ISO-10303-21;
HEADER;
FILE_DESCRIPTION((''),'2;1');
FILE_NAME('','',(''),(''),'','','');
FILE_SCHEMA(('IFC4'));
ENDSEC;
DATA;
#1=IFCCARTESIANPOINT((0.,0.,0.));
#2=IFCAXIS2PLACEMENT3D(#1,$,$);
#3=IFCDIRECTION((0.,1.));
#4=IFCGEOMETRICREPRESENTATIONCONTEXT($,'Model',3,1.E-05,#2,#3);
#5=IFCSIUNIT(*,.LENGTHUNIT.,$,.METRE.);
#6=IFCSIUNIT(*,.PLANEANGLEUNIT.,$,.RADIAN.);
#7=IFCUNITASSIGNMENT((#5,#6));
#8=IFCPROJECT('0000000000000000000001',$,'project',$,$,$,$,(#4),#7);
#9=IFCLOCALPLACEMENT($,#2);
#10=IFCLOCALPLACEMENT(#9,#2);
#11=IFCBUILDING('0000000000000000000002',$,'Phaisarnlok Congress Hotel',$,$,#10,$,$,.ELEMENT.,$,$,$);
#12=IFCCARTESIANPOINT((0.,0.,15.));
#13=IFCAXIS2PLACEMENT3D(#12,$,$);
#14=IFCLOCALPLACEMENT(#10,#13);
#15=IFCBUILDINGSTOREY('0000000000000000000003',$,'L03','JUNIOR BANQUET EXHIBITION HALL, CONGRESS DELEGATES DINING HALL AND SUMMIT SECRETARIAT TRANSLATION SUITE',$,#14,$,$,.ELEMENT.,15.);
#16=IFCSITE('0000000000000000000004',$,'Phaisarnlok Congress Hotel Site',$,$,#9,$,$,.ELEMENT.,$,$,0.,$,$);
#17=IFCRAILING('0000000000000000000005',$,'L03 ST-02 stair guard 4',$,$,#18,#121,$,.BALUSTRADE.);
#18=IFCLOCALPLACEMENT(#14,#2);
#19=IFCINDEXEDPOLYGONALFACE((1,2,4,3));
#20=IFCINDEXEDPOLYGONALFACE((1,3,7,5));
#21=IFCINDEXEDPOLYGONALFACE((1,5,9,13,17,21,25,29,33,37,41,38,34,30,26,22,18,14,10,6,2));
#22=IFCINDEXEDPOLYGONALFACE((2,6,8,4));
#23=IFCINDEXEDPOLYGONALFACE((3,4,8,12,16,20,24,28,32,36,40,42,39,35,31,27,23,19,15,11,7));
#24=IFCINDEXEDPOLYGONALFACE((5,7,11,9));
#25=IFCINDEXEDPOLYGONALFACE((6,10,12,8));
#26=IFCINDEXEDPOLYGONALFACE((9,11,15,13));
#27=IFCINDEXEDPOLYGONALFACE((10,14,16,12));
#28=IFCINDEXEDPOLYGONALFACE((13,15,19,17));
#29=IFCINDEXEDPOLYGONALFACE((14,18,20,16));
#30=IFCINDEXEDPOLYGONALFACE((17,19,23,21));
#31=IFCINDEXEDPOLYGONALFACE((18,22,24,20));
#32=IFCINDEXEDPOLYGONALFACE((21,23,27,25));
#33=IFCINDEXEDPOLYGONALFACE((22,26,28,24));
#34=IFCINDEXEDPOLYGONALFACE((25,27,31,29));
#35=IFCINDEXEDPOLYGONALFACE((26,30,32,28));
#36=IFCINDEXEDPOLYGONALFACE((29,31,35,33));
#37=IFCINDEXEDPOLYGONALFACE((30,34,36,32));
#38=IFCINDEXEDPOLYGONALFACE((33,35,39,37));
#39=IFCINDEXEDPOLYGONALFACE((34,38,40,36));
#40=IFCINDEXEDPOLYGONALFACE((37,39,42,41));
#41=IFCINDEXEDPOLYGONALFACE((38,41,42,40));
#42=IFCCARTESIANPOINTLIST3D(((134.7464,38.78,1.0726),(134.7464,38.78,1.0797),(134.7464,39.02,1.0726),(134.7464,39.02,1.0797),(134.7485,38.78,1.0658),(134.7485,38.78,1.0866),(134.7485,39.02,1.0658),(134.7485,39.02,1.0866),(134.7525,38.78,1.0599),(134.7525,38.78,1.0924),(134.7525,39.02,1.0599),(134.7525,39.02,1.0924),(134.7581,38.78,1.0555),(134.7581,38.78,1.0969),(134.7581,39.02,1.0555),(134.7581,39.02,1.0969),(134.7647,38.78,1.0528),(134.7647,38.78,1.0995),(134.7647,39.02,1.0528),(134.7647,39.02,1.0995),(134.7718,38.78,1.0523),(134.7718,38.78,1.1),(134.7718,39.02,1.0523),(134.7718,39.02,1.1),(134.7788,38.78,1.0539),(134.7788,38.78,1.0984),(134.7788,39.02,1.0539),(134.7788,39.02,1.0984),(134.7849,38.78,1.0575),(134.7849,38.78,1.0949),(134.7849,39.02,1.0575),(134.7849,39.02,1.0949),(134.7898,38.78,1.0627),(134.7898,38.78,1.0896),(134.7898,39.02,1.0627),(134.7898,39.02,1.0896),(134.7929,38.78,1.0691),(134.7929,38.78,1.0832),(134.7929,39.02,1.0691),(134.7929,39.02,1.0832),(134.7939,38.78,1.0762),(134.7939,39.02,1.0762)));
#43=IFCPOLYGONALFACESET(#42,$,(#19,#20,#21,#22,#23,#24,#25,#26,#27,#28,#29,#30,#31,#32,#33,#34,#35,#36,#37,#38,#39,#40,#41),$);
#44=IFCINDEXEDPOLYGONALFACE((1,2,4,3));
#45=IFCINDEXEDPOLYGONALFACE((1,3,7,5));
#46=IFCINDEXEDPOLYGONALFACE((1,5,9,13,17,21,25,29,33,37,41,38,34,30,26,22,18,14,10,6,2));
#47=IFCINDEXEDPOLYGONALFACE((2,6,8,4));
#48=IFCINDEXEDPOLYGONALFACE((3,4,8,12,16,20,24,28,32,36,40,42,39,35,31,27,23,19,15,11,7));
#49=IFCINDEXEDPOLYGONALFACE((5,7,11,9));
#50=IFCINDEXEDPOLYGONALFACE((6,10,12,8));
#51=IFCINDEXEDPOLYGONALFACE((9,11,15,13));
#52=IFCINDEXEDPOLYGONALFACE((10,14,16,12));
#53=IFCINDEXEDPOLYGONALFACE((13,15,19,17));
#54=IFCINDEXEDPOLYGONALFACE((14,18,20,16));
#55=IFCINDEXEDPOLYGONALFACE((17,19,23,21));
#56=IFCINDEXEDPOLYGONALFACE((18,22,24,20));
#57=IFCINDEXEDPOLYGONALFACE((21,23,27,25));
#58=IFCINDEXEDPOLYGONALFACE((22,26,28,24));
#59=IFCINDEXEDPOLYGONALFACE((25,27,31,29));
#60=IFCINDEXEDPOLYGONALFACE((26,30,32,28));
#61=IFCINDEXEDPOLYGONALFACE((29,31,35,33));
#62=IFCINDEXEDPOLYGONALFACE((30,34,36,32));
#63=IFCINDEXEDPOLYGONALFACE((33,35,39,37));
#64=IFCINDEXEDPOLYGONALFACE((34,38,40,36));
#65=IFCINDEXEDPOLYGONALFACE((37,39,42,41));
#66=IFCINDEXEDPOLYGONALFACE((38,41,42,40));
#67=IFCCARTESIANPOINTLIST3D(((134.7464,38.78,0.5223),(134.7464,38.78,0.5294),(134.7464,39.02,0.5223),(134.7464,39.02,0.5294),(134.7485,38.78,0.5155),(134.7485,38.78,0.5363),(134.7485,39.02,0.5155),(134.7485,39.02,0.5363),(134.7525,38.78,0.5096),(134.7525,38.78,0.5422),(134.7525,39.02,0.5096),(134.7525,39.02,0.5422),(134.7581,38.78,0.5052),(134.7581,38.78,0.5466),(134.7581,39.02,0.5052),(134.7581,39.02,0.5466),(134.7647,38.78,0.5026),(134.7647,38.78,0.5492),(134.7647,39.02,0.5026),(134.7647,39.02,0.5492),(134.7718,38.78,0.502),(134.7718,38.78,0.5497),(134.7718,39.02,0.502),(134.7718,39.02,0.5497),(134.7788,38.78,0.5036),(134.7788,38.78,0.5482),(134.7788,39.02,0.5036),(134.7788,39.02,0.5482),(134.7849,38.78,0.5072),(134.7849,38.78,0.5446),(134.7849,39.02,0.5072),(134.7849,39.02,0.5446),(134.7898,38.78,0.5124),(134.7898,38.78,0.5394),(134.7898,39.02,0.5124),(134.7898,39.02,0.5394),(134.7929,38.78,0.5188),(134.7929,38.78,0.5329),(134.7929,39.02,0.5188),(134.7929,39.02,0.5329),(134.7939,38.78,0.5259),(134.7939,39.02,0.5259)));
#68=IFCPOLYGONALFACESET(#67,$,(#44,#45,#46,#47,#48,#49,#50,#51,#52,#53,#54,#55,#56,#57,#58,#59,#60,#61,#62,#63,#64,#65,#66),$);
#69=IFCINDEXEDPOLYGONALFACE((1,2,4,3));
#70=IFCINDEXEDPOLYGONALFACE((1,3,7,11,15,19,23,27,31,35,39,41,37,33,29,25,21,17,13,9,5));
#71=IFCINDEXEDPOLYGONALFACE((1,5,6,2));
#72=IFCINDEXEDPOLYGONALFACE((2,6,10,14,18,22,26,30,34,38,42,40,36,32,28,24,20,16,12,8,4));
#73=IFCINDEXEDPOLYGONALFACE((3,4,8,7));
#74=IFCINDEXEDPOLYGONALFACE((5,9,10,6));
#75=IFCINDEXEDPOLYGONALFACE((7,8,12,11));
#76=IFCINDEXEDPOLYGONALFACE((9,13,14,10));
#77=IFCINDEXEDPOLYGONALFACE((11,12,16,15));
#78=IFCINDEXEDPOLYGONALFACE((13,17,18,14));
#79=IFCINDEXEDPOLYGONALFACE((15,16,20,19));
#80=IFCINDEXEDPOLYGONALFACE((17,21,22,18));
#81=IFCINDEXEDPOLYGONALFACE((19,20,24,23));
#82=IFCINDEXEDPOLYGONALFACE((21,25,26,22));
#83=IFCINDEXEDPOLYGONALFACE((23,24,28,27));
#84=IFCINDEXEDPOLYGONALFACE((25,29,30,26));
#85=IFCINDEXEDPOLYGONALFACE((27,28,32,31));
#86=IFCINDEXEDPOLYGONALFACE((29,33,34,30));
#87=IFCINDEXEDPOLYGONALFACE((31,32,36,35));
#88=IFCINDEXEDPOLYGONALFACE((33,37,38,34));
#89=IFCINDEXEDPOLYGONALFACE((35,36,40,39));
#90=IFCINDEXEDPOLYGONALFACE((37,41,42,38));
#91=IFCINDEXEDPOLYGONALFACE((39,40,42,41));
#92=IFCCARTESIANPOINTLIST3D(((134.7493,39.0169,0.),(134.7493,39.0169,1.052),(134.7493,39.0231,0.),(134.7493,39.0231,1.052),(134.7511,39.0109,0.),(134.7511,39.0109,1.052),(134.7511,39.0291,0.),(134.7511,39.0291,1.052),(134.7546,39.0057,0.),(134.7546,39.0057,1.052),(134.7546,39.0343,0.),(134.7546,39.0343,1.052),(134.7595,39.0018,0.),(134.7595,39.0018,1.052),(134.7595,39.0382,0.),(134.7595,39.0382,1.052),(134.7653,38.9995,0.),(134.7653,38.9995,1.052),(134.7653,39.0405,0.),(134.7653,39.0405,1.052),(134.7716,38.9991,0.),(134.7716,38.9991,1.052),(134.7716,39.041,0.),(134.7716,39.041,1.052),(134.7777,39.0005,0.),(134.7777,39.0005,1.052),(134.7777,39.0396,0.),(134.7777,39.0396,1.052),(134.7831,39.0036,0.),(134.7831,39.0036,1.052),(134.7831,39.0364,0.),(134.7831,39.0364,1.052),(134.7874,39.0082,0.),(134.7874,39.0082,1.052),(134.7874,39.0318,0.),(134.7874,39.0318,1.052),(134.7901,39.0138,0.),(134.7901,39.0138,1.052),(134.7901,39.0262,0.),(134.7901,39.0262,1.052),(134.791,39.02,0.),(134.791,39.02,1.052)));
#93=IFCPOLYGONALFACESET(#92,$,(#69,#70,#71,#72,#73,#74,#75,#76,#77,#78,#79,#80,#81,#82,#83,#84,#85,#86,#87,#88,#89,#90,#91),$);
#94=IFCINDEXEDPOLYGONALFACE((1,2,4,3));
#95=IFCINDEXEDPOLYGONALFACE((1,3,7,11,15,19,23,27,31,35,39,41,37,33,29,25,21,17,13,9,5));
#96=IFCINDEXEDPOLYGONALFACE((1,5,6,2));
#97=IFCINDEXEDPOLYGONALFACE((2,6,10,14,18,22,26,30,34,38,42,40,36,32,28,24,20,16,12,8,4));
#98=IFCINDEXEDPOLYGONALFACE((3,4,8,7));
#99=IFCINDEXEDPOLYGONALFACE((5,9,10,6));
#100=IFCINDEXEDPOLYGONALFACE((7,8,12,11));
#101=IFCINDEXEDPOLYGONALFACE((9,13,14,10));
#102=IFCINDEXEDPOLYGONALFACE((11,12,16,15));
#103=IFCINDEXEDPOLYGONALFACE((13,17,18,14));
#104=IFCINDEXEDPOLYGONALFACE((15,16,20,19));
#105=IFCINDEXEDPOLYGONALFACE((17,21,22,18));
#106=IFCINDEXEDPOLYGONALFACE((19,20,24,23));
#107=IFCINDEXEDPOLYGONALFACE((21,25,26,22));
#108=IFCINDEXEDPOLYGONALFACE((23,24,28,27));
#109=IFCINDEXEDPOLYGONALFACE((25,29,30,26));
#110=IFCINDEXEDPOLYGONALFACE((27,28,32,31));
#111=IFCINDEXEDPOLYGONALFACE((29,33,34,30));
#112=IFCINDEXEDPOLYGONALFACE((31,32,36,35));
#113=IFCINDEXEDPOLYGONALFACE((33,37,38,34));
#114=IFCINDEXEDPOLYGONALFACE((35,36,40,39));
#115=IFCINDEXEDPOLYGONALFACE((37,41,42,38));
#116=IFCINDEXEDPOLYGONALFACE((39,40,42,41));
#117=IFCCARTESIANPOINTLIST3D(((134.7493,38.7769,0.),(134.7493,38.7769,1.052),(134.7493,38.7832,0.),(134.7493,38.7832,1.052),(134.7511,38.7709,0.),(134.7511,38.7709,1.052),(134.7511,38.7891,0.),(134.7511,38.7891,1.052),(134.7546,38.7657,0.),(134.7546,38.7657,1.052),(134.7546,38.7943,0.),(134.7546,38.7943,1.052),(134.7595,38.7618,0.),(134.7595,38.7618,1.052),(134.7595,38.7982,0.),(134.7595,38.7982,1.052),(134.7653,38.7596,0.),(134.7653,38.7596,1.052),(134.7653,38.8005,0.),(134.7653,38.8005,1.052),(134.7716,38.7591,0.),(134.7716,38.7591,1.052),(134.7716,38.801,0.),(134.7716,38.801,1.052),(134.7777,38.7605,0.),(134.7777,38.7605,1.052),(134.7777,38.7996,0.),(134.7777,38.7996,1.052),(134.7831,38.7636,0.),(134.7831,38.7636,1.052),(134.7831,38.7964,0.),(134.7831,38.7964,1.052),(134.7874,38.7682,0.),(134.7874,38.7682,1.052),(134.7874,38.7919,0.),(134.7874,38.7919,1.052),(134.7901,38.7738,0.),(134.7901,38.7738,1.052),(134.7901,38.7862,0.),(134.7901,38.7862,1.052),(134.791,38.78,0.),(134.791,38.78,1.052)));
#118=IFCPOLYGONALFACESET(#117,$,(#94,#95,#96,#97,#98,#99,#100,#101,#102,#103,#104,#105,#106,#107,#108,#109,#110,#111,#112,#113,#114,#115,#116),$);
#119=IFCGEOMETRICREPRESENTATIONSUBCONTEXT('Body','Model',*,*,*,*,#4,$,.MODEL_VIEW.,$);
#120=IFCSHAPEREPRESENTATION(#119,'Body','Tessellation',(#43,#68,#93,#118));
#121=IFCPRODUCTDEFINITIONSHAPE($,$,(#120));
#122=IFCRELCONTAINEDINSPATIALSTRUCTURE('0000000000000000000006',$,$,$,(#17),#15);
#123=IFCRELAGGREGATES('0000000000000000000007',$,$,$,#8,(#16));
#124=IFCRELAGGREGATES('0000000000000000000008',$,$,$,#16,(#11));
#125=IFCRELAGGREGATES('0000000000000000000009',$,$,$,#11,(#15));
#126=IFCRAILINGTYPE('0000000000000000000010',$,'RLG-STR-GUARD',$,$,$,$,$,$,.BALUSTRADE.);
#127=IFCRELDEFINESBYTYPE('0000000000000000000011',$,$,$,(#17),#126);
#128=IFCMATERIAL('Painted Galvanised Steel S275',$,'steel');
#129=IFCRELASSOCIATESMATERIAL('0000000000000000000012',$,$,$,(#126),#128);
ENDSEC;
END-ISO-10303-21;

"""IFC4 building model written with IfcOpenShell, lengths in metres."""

from ifc_helpers import new_model, si_unit, direction, frame, origin, origin_2d, place, context, subcontext, project, spatial, circle, extrude, material, type_object, element, save


model = new_model("IFC4")

# Units and contexts
model_context = context("Model", 3, precision=1e-05, world=origin(), true_north=direction((0.0, 1.0)))
body_context = subcontext(model_context, "Body", "Model", "MODEL_VIEW")
ifc_project = project(units=[si_unit("LENGTHUNIT", "METRE"), si_unit("PLANEANGLEUNIT", "RADIAN")], contexts=[model_context])

# Site, building, storey
site_placement = place(None, origin())
site = spatial("IfcSite", under=ifc_project, at=site_placement, Name="Phaisarnlok Congress Hotel Site", CompositionType="ELEMENT", RefElevation=0.0)
building_placement = place(site_placement, origin())
building = spatial("IfcBuilding", under=site, at=building_placement, Name="Phaisarnlok Congress Hotel", CompositionType="ELEMENT")
storey_placement = place(building_placement, frame((0.0, 0.0, 15.0)))
storey = spatial("IfcBuildingStorey", under=building, at=storey_placement, Name="L03", Description="JUNIOR BANQUET EXHIBITION HALL, CONGRESS DELEGATES DINING HALL AND SUMMIT SECRETARIAT TRANSLATION SUITE", CompositionType="ELEMENT", Elevation=15.0)

# Railing
ifc_material_1 = material(Name="Painted Galvanised Steel S275", Category="steel")
railing_type_1 = type_object("IfcRailingType", Name="RLG-STR-GUARD", PredefinedType="BALUSTRADE", material=ifc_material_1)
railing_1_placement = place(storey_placement, frame((134.77, 39.02, 0.0)))
element("IfcRailing", 1, at=railing_1_placement, inside=storey, type_object=railing_type_1, Name="L03 ST-02 stair guard 4", PredefinedType="BALUSTRADE", context=body_context, shape_type="SweptSolid", body=[
    extrude(circle(Radius=0.0239, at=origin_2d()), frame((0.0, 0.0, 1.0762), z_axis=(0.0, -1.0, 0.0), x_axis=(1.0, 0.0, 0.0)), (0.0, 0.0, 1.0), 0.24),
    extrude(circle(Radius=0.0239, at=origin_2d()), frame((0.0, 0.0, 0.5259), z_axis=(0.0, -1.0, 0.0), x_axis=(1.0, 0.0, 0.0)), (0.0, 0.0, 1.0), 0.24),
    extrude(circle(Radius=0.021, at=origin_2d()), origin(), (0.0, 0.0, 1.0), 1.052),
    extrude(circle(Radius=0.021, at=origin_2d()), frame((0.0, -0.24, 0.0)), (0.0, 0.0, 1.0), 1.052),
])

save(model, "model.ifc")
